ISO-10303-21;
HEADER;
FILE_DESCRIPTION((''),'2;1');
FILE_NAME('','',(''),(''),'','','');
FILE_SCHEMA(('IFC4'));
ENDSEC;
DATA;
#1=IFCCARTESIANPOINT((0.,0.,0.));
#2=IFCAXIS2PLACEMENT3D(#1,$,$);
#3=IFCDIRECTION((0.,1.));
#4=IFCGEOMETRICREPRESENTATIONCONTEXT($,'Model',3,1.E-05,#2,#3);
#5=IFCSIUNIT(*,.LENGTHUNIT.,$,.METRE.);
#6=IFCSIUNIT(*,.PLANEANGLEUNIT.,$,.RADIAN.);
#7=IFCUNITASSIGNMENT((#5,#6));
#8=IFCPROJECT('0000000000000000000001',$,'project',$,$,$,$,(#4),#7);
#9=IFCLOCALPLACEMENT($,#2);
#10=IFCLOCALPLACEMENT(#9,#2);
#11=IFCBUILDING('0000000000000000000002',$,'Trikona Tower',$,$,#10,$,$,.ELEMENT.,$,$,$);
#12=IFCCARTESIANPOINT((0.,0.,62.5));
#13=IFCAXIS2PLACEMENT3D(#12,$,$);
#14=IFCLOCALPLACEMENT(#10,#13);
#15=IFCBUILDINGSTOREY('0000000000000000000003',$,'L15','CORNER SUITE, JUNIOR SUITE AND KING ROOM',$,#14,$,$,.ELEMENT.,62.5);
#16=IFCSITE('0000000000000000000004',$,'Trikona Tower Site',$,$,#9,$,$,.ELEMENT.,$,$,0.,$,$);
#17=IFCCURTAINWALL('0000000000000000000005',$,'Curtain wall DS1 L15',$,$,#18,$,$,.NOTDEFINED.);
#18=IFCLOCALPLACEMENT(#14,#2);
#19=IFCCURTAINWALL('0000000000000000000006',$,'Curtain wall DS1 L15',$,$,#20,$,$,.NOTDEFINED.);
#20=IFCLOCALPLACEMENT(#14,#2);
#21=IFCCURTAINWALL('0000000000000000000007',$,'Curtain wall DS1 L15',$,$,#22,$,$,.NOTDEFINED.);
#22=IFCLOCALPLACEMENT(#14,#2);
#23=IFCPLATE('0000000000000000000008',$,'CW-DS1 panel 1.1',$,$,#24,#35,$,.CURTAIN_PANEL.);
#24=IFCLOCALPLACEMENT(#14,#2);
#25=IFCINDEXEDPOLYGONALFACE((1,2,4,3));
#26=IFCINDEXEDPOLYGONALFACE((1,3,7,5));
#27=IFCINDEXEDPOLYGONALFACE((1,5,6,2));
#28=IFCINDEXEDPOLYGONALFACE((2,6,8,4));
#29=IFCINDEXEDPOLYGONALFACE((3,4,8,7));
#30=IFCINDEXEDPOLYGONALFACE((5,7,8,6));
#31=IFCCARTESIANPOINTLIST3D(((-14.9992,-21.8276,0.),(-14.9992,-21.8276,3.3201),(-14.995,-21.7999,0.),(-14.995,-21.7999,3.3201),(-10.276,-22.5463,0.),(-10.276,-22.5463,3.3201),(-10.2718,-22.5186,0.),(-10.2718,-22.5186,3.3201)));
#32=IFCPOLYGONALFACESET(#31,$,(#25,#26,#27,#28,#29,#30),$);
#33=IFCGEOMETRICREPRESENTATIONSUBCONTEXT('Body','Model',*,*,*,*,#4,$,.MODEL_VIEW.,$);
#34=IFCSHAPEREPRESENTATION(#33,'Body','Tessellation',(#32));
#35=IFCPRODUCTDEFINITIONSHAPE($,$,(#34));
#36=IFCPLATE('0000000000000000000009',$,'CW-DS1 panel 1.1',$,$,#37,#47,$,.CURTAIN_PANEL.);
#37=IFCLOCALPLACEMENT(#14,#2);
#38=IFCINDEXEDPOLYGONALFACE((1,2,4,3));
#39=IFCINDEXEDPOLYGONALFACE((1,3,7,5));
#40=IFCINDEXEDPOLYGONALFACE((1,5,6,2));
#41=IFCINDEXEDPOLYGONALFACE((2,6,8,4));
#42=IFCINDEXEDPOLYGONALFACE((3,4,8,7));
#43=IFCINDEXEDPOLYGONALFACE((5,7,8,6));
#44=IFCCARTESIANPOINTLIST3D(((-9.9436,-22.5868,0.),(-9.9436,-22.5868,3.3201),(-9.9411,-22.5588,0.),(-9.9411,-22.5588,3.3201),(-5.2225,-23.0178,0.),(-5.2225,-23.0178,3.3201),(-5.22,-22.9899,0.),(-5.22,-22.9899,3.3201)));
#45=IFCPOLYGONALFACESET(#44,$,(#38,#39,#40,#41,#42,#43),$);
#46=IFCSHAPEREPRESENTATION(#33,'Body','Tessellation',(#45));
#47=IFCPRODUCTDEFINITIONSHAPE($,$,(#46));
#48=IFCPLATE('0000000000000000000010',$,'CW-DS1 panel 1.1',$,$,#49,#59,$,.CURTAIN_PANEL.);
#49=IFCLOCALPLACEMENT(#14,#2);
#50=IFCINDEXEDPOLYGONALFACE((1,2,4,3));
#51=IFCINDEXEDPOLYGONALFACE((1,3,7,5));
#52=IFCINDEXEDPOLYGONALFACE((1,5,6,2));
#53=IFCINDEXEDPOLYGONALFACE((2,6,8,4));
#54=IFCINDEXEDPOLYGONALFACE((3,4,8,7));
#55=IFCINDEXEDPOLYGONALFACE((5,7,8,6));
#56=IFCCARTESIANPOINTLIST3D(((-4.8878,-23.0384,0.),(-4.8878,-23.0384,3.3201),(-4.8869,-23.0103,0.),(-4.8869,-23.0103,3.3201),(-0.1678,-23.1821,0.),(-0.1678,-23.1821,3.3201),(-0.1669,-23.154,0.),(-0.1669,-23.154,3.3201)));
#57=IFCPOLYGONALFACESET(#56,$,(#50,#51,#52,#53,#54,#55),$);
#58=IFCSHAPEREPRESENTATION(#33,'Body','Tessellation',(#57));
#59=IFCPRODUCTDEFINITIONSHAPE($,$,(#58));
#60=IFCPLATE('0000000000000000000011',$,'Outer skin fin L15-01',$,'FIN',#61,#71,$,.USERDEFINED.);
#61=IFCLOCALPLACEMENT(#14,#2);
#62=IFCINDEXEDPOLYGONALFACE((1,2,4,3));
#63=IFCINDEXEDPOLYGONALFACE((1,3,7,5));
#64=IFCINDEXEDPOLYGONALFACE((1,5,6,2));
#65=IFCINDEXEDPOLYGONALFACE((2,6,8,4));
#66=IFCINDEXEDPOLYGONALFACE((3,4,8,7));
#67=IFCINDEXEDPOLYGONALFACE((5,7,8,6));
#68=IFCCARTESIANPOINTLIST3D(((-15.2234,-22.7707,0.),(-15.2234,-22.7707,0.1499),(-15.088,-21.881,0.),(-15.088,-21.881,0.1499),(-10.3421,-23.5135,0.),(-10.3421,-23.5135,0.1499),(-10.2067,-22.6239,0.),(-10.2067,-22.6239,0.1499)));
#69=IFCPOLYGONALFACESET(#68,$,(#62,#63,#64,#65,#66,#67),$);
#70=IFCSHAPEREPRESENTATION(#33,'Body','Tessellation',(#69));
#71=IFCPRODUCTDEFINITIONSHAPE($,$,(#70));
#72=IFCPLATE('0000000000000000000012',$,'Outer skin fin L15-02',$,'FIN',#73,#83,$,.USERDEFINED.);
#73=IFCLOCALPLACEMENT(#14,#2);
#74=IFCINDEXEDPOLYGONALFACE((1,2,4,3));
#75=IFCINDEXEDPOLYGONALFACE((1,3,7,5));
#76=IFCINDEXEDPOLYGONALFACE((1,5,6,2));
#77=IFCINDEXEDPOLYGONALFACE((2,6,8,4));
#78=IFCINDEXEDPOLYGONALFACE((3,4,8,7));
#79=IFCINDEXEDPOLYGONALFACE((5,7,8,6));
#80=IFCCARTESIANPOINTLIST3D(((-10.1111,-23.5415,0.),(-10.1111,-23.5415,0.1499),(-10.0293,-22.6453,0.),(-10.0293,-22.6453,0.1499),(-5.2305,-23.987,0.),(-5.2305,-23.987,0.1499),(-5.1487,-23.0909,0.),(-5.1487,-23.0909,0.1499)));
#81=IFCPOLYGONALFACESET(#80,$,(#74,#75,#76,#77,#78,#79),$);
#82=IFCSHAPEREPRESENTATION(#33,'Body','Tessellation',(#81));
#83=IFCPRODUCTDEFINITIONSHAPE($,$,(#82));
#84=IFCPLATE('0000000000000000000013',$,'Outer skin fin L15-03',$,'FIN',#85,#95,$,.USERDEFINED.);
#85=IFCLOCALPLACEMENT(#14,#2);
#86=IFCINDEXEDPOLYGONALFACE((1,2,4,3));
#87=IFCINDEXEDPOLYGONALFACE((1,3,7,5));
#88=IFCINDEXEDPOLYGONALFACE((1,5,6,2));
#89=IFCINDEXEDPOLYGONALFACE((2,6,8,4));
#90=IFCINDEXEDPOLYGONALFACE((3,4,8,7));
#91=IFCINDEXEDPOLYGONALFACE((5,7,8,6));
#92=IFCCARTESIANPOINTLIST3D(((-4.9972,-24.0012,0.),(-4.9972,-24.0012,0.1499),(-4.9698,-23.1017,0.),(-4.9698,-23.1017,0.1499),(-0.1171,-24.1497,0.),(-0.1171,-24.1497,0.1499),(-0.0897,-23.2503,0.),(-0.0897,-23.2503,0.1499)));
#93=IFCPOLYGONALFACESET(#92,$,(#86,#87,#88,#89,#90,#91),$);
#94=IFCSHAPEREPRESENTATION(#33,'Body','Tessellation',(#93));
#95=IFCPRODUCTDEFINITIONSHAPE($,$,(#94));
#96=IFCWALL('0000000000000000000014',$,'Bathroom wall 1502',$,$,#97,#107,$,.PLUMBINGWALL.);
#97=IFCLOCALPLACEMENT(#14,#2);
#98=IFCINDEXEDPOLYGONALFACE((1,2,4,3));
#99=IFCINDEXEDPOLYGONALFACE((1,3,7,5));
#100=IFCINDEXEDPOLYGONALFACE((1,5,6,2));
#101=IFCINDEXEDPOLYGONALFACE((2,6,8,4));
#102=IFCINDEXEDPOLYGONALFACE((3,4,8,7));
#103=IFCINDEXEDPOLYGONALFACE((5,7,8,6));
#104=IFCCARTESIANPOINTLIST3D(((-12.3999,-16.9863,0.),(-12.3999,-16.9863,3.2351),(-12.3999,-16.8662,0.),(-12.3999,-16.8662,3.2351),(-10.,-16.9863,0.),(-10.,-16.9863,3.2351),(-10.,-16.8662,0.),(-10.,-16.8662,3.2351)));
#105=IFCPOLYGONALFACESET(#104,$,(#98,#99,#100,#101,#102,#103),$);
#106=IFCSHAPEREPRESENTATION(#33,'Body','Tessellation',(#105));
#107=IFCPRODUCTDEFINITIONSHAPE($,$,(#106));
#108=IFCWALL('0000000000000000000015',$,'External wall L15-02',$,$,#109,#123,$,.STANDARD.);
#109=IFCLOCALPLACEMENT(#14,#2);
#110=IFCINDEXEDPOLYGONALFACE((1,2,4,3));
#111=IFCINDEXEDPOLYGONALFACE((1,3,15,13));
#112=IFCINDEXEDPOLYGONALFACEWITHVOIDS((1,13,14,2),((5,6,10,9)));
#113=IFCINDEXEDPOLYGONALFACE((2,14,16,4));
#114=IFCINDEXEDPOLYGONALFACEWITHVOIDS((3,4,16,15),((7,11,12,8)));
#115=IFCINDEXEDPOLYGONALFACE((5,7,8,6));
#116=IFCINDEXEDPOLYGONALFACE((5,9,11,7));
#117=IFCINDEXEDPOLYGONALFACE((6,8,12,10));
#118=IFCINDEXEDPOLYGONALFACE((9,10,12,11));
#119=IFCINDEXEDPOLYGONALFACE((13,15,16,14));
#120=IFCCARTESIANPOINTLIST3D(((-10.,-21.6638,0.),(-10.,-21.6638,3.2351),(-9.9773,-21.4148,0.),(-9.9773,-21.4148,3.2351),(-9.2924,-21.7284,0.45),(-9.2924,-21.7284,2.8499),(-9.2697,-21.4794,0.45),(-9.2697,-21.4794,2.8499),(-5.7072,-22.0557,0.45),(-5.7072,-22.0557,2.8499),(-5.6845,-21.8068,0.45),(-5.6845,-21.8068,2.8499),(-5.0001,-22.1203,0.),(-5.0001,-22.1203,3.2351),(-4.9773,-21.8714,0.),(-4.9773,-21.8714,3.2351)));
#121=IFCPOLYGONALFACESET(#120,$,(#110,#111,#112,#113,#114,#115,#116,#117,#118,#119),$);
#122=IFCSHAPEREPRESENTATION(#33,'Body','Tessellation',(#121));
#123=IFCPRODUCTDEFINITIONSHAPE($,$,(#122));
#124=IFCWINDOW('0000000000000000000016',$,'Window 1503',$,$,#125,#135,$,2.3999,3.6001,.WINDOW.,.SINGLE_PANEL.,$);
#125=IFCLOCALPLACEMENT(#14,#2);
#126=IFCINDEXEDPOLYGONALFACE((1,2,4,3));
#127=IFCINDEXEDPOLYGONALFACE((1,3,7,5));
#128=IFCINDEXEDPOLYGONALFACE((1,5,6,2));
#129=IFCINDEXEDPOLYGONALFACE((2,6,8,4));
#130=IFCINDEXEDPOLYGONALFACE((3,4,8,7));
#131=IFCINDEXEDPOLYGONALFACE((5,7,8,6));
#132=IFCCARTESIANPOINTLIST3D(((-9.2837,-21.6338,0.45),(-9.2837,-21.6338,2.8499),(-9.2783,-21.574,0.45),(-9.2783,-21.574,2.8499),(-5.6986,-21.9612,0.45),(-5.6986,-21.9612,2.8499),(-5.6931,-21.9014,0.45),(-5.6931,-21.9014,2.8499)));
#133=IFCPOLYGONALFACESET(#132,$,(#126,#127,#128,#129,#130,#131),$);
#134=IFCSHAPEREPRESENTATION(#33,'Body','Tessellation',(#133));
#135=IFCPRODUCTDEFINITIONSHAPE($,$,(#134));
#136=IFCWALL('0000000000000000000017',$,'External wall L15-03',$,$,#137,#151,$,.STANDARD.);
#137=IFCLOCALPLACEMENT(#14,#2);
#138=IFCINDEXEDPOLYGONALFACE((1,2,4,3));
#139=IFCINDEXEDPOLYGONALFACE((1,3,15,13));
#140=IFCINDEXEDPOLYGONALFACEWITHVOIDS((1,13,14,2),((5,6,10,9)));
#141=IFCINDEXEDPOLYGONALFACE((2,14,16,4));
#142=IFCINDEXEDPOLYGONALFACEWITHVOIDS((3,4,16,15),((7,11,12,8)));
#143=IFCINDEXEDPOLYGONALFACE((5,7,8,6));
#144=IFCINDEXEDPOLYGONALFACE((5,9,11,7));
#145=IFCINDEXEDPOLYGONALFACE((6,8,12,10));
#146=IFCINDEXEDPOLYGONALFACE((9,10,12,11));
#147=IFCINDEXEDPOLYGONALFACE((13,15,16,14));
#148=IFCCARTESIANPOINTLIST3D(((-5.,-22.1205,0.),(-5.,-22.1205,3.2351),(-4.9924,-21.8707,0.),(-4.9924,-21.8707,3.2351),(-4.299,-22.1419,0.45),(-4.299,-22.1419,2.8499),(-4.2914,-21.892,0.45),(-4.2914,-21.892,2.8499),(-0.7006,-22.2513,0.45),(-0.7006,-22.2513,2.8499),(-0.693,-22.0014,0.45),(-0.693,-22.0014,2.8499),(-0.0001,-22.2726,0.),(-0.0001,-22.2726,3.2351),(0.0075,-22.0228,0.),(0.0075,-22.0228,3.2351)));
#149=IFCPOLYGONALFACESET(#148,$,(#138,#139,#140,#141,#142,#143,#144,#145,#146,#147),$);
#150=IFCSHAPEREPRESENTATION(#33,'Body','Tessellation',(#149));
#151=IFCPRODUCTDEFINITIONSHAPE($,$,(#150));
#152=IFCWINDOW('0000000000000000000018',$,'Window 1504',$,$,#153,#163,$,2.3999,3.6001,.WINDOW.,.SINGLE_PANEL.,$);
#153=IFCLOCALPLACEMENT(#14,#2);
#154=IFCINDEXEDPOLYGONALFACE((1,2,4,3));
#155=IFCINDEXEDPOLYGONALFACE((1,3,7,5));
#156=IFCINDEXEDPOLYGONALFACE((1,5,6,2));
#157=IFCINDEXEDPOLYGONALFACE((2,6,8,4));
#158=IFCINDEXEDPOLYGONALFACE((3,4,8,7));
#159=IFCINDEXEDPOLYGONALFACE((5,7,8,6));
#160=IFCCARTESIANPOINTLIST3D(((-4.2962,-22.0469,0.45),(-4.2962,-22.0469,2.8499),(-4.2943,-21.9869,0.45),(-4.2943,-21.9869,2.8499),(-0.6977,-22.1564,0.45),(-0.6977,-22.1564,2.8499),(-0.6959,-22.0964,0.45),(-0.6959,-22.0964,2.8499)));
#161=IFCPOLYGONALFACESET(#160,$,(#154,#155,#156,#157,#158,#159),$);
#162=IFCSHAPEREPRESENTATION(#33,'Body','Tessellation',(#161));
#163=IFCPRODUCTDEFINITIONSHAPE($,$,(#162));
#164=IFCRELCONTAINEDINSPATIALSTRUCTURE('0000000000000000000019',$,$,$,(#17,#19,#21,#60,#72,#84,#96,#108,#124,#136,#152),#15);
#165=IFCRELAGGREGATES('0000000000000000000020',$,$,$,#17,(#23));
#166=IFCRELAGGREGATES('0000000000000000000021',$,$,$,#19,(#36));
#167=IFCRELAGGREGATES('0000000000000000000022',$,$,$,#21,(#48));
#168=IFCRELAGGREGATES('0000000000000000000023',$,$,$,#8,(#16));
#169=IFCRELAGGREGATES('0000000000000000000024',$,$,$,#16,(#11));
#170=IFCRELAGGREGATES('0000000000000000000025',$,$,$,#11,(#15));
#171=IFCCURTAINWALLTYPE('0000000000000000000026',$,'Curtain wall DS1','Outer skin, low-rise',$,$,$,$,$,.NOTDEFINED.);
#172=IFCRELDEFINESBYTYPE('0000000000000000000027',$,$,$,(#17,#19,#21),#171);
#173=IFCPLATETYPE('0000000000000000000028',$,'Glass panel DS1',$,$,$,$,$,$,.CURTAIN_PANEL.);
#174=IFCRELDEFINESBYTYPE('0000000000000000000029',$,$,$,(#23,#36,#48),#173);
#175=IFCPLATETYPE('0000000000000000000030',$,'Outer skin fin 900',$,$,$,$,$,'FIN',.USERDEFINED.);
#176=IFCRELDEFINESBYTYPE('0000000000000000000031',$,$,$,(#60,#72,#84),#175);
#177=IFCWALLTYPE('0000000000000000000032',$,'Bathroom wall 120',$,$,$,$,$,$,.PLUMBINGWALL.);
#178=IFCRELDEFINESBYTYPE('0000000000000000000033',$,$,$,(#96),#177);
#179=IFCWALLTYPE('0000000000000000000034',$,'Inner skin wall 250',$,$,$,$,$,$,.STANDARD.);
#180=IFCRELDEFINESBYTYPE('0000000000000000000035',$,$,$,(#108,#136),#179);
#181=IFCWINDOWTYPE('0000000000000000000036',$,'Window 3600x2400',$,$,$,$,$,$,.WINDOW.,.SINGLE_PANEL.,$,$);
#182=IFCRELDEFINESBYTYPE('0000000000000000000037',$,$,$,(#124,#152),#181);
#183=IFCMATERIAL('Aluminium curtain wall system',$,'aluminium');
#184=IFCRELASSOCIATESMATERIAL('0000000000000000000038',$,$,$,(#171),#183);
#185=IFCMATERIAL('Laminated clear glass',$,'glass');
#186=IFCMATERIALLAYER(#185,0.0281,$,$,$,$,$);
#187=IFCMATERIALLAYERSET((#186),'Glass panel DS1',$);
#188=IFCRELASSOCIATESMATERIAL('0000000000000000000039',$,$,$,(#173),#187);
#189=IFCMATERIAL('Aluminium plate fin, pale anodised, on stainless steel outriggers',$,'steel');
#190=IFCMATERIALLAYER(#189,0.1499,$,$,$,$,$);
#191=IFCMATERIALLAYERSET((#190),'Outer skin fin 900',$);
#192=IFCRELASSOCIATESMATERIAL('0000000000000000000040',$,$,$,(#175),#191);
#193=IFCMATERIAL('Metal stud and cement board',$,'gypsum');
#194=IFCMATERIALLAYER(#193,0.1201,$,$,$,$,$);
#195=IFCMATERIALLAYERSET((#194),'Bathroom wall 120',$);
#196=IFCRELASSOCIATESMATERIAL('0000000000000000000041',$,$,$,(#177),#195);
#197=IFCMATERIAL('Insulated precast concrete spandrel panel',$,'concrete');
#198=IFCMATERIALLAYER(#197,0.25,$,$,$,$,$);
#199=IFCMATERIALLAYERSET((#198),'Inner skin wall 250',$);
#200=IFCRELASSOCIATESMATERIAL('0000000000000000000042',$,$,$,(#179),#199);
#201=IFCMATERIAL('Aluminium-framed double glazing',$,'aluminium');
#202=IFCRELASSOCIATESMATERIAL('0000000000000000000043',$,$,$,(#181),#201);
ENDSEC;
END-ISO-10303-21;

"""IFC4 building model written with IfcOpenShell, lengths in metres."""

from ifc_helpers import new_model, si_unit, direction, frame, frame_2d, origin, origin_2d, place, context, subcontext, project, spatial, rectangle, extrude, material, layer, layer_set, type_object, element, fill, aggregate, save


model = new_model("IFC4")

# Units and contexts
model_context = context("Model", 3, precision=1e-05, world=origin(), true_north=direction((0.0, 1.0)))
body_context = subcontext(model_context, "Body", "Model", "MODEL_VIEW")
ifc_project = project(units=[si_unit("LENGTHUNIT", "METRE"), si_unit("PLANEANGLEUNIT", "RADIAN")], contexts=[model_context])

# Site, building, storey
site_placement = place(None, origin())
site = spatial("IfcSite", under=ifc_project, at=site_placement, Name="Trikona Tower Site", CompositionType="ELEMENT", RefElevation=0.0)
building_placement = place(site_placement, origin())
building = spatial("IfcBuilding", under=site, at=building_placement, Name="Trikona Tower", CompositionType="ELEMENT")
storey_placement = place(building_placement, frame((0.0, 0.0, 62.5)))
storey = spatial("IfcBuildingStorey", under=building, at=storey_placement, Name="L15", Description="CORNER SUITE, JUNIOR SUITE AND KING ROOM", CompositionType="ELEMENT", Elevation=62.5)

# Curtain wall
ifc_material_1 = material(Name="Aluminium curtain wall system", Category="aluminium")
curtain_wall_type = type_object("IfcCurtainWallType", Name="Curtain wall DS1", Description="Outer skin, low-rise", PredefinedType="NOTDEFINED", material=ifc_material_1)
curtain_wall_1_placement = place(storey_placement, origin())
curtain_wall_1 = element("IfcCurtainWall", 1, at=curtain_wall_1_placement, inside=storey, type_object=curtain_wall_type, Name="Curtain wall DS1 L15", PredefinedType="NOTDEFINED")

# Curtain walls
curtain_wall_2_placement = place(storey_placement, origin())
curtain_wall_2 = element("IfcCurtainWall", 2, at=curtain_wall_2_placement, inside=storey, type_object=curtain_wall_type, Name="Curtain wall DS1 L15", PredefinedType="NOTDEFINED")
curtain_wall_3_placement = place(storey_placement, origin())
curtain_wall_3 = element("IfcCurtainWall", 3, at=curtain_wall_3_placement, inside=storey, type_object=curtain_wall_type, Name="Curtain wall DS1 L15", PredefinedType="NOTDEFINED")

# Plates
ifc_material_2 = material(Name="Laminated clear glass", Category="glass")
ifc_layer_1 = layer(ifc_material_2, 0.0281)
ifc_layer_set_1 = layer_set([ifc_layer_1], Name="Glass panel DS1")
plate_type_1 = type_object("IfcPlateType", Name="Glass panel DS1", PredefinedType="CURTAIN_PANEL", material=ifc_layer_set_1)
plate_1_placement = place(storey_placement, frame((-12.6355, -22.1731, 0.0), z_axis=(0.0, 0.0, 1.0), x_axis=(0.988619, -0.150438, 0.0)))
plate_1 = element("IfcPlate", 4, at=plate_1_placement, type_object=plate_type_1, Name="CW-DS1 panel 1.1", PredefinedType="CURTAIN_PANEL", context=body_context, shape_type="SweptSolid", body=[
    extrude(rectangle(XDim=4.7776, YDim=0.0281, at=origin_2d()), origin(), (0.0, 0.0, 1.0), 3.3201),
])
aggregate(curtain_wall_1, [plate_1])
plate_2_placement = place(storey_placement, frame((-7.5818, -22.7883, 0.0), z_axis=(0.0, 0.0, 1.0), x_axis=(0.995858, -0.090924, 0.0)))
plate_2 = element("IfcPlate", 5, at=plate_2_placement, type_object=plate_type_1, Name="CW-DS1 panel 1.1", PredefinedType="CURTAIN_PANEL", context=body_context, shape_type="SweptSolid", body=[
    extrude(rectangle(XDim=4.7407, YDim=0.0281, at=origin_2d()), origin(), (0.0, 0.0, 1.0), 3.3201),
])
aggregate(curtain_wall_2, [plate_2])
plate_3_placement = place(storey_placement, frame((-2.5273, -23.0962, 0.0), z_axis=(0.0, 0.0, 1.0), x_axis=(0.999537, -0.030437, 0.0)))
plate_3 = element("IfcPlate", 6, at=plate_3_placement, type_object=plate_type_1, Name="CW-DS1 panel 1.1", PredefinedType="CURTAIN_PANEL", context=body_context, shape_type="SweptSolid", body=[
    extrude(rectangle(XDim=4.7222, YDim=0.0281, at=origin_2d()), origin(), (0.0, 0.0, 1.0), 3.3201),
])
aggregate(curtain_wall_3, [plate_3])

# Plates
ifc_material_3 = material(Name="Aluminium plate fin, pale anodised, on stainless steel outriggers", Category="steel")
ifc_layer_2 = layer(ifc_material_3, 0.1499)
ifc_layer_set_2 = layer_set([ifc_layer_2], Name="Outer skin fin 900")
plate_type_2 = type_object("IfcPlateType", Name="Outer skin fin 900", ElementType="FIN", PredefinedType="USERDEFINED", material=ifc_layer_set_2)
plate_4_placement = place(storey_placement, frame((-12.7151, -22.6973, 0.0), z_axis=(0.0, 0.0, 1.0), x_axis=(0.988618, -0.150448, 0.0)))
element("IfcPlate", 7, at=plate_4_placement, inside=storey, type_object=plate_type_2, Name="Outer skin fin L15-01", ObjectType="FIN", PredefinedType="USERDEFINED", context=body_context, shape_type="SweptSolid", body=[
    extrude(rectangle(XDim=4.9375, YDim=0.8999, at=origin_2d()), origin(), (0.0, 0.0, 1.0), 0.1499),
])
plate_5_placement = place(storey_placement, frame((-7.6299, -23.3162, 0.0), z_axis=(0.0, 0.0, 1.0), x_axis=(0.995858, -0.090921, 0.0)))
element("IfcPlate", 8, at=plate_5_placement, inside=storey, type_object=plate_type_2, Name="Outer skin fin L15-02", ObjectType="FIN", PredefinedType="USERDEFINED", context=body_context, shape_type="SweptSolid", body=[
    extrude(rectangle(XDim=4.9009, YDim=0.8999, at=origin_2d()), origin(), (0.0, 0.0, 1.0), 0.1499),
])
plate_6_placement = place(storey_placement, frame((-2.5435, -23.6257, 0.0), z_axis=(0.0, 0.0, 1.0), x_axis=(0.999537, -0.030425, 0.0)))
element("IfcPlate", 9, at=plate_6_placement, inside=storey, type_object=plate_type_2, Name="Outer skin fin L15-03", ObjectType="FIN", PredefinedType="USERDEFINED", context=body_context, shape_type="SweptSolid", body=[
    extrude(rectangle(XDim=4.8823, YDim=0.8999, at=origin_2d()), origin(), (0.0, 0.0, 1.0), 0.1499),
])

# Wall
ifc_material_4 = material(Name="Metal stud and cement board", Category="gypsum")
ifc_layer_3 = layer(ifc_material_4, 0.1201)
ifc_layer_set_3 = layer_set([ifc_layer_3], Name="Bathroom wall 120")
wall_type_1 = type_object("IfcWallType", Name="Bathroom wall 120", PredefinedType="PLUMBINGWALL", material=ifc_layer_set_3)
wall_1_placement = place(storey_placement, frame((-12.3999, -16.9263, 0.0), z_axis=(0.0, 0.0, 1.0), x_axis=(1.0, 0.0, 0.0)))
element("IfcWall", 10, at=wall_1_placement, inside=storey, type_object=wall_type_1, Name="Bathroom wall 1502", PredefinedType="PLUMBINGWALL", context=body_context, shape_type="SweptSolid", body=[
    extrude(rectangle(XDim=2.3999, YDim=0.1201, at=frame_2d((1.2, 0.0))), origin(), (0.0, 0.0, 1.0), 3.2351),
])

# Walls, openings, windows
ifc_material_5 = material(Name="Insulated precast concrete spandrel panel", Category="concrete")
ifc_layer_4 = layer(ifc_material_5, 0.25)
ifc_layer_set_4 = layer_set([ifc_layer_4], Name="Inner skin wall 250")
wall_type_2 = type_object("IfcWallType", Name="Inner skin wall 250", PredefinedType="STANDARD", material=ifc_layer_set_4)
wall_2_placement = place(storey_placement, frame((-9.9885, -21.5393, 0.0), z_axis=(0.0, 0.0, 1.0), x_axis=(0.995857, -0.09093, 0.0)))
wall_2 = element("IfcWall", 11, at=wall_2_placement, inside=storey, type_object=wall_type_2, Name="External wall L15-02", PredefinedType="STANDARD", context=body_context, shape_type="SweptSolid", body=[
    extrude(rectangle(XDim=5.0208, YDim=0.25, at=frame_2d((2.5103, 0.0))), origin(), (0.0, 0.0, 1.0), 3.2351),
])
opening_1_placement = place(wall_2_placement, frame((0.7104, 0.0, 0.45)))
opening_1 = element("IfcOpeningElement", 12, at=opening_1_placement, cuts=wall_2, PredefinedType="OPENING", context=body_context, shape_type="SweptSolid", body=[
    extrude(rectangle(XDim=3.6001, YDim=2.3999, at=frame_2d((1.8, 1.2))), frame((0.0, 0.135, 0.0), z_axis=(0.0, -1.0, 0.0), x_axis=(1.0, 0.0, 0.0)), (0.0, 0.0, 1.0), 0.27),
])
ifc_material_6 = material(Name="Aluminium-framed double glazing", Category="aluminium")
window_type = type_object("IfcWindowType", Name="Window 3600x2400", PartitioningType="SINGLE_PANEL", PredefinedType="WINDOW", material=ifc_material_6)
window_1_placement = place(opening_1_placement, origin())
window_1 = element("IfcWindow", 13, at=window_1_placement, inside=storey, type_object=window_type, Name="Window 1503", OverallHeight=2.3999, OverallWidth=3.6001, PartitioningType="SINGLE_PANEL", PredefinedType="WINDOW", context=body_context, shape_type="SweptSolid", body=[
    extrude(rectangle(XDim=3.6001, YDim=2.3999, at=frame_2d((1.8, 1.2))), frame((0.0, 0.03, 0.0), z_axis=(0.0, -1.0, 0.0), x_axis=(1.0, 0.0, 0.0)), (0.0, 0.0, 1.0), 0.0601),
])
fill(opening_1, window_1)
wall_3_placement = place(storey_placement, frame((-4.9961, -21.9956, 0.0), z_axis=(0.0, 0.0, 1.0), x_axis=(0.999538, -0.030406, 0.0)))
wall_3 = element("IfcWall", 14, at=wall_3_placement, inside=storey, type_object=wall_type_2, Name="External wall L15-03", PredefinedType="STANDARD", context=body_context, shape_type="SweptSolid", body=[
    extrude(rectangle(XDim=5.0022, YDim=0.25, at=frame_2d((2.501, 0.0))), origin(), (0.0, 0.0, 1.0), 3.2351),
])
opening_2_placement = place(wall_3_placement, frame((0.7012, 0.0, 0.45)))
opening_2 = element("IfcOpeningElement", 15, at=opening_2_placement, cuts=wall_3, PredefinedType="OPENING", context=body_context, shape_type="SweptSolid", body=[
    extrude(rectangle(XDim=3.6001, YDim=2.3999, at=frame_2d((1.8, 1.2))), frame((0.0, 0.135, 0.0), z_axis=(0.0, -1.0, 0.0), x_axis=(1.0, 0.0, 0.0)), (0.0, 0.0, 1.0), 0.27),
])
window_2_placement = place(opening_2_placement, origin())
window_2 = element("IfcWindow", 16, at=window_2_placement, inside=storey, type_object=window_type, Name="Window 1504", OverallHeight=2.3999, OverallWidth=3.6001, PartitioningType="SINGLE_PANEL", PredefinedType="WINDOW", context=body_context, shape_type="SweptSolid", body=[
    extrude(rectangle(XDim=3.6001, YDim=2.3999, at=frame_2d((1.8, 1.2))), frame((0.0, 0.03, 0.0), z_axis=(0.0, -1.0, 0.0), x_axis=(1.0, 0.0, 0.0)), (0.0, 0.0, 1.0), 0.0601),
])
fill(opening_2, window_2)

save(model, "model.ifc")
